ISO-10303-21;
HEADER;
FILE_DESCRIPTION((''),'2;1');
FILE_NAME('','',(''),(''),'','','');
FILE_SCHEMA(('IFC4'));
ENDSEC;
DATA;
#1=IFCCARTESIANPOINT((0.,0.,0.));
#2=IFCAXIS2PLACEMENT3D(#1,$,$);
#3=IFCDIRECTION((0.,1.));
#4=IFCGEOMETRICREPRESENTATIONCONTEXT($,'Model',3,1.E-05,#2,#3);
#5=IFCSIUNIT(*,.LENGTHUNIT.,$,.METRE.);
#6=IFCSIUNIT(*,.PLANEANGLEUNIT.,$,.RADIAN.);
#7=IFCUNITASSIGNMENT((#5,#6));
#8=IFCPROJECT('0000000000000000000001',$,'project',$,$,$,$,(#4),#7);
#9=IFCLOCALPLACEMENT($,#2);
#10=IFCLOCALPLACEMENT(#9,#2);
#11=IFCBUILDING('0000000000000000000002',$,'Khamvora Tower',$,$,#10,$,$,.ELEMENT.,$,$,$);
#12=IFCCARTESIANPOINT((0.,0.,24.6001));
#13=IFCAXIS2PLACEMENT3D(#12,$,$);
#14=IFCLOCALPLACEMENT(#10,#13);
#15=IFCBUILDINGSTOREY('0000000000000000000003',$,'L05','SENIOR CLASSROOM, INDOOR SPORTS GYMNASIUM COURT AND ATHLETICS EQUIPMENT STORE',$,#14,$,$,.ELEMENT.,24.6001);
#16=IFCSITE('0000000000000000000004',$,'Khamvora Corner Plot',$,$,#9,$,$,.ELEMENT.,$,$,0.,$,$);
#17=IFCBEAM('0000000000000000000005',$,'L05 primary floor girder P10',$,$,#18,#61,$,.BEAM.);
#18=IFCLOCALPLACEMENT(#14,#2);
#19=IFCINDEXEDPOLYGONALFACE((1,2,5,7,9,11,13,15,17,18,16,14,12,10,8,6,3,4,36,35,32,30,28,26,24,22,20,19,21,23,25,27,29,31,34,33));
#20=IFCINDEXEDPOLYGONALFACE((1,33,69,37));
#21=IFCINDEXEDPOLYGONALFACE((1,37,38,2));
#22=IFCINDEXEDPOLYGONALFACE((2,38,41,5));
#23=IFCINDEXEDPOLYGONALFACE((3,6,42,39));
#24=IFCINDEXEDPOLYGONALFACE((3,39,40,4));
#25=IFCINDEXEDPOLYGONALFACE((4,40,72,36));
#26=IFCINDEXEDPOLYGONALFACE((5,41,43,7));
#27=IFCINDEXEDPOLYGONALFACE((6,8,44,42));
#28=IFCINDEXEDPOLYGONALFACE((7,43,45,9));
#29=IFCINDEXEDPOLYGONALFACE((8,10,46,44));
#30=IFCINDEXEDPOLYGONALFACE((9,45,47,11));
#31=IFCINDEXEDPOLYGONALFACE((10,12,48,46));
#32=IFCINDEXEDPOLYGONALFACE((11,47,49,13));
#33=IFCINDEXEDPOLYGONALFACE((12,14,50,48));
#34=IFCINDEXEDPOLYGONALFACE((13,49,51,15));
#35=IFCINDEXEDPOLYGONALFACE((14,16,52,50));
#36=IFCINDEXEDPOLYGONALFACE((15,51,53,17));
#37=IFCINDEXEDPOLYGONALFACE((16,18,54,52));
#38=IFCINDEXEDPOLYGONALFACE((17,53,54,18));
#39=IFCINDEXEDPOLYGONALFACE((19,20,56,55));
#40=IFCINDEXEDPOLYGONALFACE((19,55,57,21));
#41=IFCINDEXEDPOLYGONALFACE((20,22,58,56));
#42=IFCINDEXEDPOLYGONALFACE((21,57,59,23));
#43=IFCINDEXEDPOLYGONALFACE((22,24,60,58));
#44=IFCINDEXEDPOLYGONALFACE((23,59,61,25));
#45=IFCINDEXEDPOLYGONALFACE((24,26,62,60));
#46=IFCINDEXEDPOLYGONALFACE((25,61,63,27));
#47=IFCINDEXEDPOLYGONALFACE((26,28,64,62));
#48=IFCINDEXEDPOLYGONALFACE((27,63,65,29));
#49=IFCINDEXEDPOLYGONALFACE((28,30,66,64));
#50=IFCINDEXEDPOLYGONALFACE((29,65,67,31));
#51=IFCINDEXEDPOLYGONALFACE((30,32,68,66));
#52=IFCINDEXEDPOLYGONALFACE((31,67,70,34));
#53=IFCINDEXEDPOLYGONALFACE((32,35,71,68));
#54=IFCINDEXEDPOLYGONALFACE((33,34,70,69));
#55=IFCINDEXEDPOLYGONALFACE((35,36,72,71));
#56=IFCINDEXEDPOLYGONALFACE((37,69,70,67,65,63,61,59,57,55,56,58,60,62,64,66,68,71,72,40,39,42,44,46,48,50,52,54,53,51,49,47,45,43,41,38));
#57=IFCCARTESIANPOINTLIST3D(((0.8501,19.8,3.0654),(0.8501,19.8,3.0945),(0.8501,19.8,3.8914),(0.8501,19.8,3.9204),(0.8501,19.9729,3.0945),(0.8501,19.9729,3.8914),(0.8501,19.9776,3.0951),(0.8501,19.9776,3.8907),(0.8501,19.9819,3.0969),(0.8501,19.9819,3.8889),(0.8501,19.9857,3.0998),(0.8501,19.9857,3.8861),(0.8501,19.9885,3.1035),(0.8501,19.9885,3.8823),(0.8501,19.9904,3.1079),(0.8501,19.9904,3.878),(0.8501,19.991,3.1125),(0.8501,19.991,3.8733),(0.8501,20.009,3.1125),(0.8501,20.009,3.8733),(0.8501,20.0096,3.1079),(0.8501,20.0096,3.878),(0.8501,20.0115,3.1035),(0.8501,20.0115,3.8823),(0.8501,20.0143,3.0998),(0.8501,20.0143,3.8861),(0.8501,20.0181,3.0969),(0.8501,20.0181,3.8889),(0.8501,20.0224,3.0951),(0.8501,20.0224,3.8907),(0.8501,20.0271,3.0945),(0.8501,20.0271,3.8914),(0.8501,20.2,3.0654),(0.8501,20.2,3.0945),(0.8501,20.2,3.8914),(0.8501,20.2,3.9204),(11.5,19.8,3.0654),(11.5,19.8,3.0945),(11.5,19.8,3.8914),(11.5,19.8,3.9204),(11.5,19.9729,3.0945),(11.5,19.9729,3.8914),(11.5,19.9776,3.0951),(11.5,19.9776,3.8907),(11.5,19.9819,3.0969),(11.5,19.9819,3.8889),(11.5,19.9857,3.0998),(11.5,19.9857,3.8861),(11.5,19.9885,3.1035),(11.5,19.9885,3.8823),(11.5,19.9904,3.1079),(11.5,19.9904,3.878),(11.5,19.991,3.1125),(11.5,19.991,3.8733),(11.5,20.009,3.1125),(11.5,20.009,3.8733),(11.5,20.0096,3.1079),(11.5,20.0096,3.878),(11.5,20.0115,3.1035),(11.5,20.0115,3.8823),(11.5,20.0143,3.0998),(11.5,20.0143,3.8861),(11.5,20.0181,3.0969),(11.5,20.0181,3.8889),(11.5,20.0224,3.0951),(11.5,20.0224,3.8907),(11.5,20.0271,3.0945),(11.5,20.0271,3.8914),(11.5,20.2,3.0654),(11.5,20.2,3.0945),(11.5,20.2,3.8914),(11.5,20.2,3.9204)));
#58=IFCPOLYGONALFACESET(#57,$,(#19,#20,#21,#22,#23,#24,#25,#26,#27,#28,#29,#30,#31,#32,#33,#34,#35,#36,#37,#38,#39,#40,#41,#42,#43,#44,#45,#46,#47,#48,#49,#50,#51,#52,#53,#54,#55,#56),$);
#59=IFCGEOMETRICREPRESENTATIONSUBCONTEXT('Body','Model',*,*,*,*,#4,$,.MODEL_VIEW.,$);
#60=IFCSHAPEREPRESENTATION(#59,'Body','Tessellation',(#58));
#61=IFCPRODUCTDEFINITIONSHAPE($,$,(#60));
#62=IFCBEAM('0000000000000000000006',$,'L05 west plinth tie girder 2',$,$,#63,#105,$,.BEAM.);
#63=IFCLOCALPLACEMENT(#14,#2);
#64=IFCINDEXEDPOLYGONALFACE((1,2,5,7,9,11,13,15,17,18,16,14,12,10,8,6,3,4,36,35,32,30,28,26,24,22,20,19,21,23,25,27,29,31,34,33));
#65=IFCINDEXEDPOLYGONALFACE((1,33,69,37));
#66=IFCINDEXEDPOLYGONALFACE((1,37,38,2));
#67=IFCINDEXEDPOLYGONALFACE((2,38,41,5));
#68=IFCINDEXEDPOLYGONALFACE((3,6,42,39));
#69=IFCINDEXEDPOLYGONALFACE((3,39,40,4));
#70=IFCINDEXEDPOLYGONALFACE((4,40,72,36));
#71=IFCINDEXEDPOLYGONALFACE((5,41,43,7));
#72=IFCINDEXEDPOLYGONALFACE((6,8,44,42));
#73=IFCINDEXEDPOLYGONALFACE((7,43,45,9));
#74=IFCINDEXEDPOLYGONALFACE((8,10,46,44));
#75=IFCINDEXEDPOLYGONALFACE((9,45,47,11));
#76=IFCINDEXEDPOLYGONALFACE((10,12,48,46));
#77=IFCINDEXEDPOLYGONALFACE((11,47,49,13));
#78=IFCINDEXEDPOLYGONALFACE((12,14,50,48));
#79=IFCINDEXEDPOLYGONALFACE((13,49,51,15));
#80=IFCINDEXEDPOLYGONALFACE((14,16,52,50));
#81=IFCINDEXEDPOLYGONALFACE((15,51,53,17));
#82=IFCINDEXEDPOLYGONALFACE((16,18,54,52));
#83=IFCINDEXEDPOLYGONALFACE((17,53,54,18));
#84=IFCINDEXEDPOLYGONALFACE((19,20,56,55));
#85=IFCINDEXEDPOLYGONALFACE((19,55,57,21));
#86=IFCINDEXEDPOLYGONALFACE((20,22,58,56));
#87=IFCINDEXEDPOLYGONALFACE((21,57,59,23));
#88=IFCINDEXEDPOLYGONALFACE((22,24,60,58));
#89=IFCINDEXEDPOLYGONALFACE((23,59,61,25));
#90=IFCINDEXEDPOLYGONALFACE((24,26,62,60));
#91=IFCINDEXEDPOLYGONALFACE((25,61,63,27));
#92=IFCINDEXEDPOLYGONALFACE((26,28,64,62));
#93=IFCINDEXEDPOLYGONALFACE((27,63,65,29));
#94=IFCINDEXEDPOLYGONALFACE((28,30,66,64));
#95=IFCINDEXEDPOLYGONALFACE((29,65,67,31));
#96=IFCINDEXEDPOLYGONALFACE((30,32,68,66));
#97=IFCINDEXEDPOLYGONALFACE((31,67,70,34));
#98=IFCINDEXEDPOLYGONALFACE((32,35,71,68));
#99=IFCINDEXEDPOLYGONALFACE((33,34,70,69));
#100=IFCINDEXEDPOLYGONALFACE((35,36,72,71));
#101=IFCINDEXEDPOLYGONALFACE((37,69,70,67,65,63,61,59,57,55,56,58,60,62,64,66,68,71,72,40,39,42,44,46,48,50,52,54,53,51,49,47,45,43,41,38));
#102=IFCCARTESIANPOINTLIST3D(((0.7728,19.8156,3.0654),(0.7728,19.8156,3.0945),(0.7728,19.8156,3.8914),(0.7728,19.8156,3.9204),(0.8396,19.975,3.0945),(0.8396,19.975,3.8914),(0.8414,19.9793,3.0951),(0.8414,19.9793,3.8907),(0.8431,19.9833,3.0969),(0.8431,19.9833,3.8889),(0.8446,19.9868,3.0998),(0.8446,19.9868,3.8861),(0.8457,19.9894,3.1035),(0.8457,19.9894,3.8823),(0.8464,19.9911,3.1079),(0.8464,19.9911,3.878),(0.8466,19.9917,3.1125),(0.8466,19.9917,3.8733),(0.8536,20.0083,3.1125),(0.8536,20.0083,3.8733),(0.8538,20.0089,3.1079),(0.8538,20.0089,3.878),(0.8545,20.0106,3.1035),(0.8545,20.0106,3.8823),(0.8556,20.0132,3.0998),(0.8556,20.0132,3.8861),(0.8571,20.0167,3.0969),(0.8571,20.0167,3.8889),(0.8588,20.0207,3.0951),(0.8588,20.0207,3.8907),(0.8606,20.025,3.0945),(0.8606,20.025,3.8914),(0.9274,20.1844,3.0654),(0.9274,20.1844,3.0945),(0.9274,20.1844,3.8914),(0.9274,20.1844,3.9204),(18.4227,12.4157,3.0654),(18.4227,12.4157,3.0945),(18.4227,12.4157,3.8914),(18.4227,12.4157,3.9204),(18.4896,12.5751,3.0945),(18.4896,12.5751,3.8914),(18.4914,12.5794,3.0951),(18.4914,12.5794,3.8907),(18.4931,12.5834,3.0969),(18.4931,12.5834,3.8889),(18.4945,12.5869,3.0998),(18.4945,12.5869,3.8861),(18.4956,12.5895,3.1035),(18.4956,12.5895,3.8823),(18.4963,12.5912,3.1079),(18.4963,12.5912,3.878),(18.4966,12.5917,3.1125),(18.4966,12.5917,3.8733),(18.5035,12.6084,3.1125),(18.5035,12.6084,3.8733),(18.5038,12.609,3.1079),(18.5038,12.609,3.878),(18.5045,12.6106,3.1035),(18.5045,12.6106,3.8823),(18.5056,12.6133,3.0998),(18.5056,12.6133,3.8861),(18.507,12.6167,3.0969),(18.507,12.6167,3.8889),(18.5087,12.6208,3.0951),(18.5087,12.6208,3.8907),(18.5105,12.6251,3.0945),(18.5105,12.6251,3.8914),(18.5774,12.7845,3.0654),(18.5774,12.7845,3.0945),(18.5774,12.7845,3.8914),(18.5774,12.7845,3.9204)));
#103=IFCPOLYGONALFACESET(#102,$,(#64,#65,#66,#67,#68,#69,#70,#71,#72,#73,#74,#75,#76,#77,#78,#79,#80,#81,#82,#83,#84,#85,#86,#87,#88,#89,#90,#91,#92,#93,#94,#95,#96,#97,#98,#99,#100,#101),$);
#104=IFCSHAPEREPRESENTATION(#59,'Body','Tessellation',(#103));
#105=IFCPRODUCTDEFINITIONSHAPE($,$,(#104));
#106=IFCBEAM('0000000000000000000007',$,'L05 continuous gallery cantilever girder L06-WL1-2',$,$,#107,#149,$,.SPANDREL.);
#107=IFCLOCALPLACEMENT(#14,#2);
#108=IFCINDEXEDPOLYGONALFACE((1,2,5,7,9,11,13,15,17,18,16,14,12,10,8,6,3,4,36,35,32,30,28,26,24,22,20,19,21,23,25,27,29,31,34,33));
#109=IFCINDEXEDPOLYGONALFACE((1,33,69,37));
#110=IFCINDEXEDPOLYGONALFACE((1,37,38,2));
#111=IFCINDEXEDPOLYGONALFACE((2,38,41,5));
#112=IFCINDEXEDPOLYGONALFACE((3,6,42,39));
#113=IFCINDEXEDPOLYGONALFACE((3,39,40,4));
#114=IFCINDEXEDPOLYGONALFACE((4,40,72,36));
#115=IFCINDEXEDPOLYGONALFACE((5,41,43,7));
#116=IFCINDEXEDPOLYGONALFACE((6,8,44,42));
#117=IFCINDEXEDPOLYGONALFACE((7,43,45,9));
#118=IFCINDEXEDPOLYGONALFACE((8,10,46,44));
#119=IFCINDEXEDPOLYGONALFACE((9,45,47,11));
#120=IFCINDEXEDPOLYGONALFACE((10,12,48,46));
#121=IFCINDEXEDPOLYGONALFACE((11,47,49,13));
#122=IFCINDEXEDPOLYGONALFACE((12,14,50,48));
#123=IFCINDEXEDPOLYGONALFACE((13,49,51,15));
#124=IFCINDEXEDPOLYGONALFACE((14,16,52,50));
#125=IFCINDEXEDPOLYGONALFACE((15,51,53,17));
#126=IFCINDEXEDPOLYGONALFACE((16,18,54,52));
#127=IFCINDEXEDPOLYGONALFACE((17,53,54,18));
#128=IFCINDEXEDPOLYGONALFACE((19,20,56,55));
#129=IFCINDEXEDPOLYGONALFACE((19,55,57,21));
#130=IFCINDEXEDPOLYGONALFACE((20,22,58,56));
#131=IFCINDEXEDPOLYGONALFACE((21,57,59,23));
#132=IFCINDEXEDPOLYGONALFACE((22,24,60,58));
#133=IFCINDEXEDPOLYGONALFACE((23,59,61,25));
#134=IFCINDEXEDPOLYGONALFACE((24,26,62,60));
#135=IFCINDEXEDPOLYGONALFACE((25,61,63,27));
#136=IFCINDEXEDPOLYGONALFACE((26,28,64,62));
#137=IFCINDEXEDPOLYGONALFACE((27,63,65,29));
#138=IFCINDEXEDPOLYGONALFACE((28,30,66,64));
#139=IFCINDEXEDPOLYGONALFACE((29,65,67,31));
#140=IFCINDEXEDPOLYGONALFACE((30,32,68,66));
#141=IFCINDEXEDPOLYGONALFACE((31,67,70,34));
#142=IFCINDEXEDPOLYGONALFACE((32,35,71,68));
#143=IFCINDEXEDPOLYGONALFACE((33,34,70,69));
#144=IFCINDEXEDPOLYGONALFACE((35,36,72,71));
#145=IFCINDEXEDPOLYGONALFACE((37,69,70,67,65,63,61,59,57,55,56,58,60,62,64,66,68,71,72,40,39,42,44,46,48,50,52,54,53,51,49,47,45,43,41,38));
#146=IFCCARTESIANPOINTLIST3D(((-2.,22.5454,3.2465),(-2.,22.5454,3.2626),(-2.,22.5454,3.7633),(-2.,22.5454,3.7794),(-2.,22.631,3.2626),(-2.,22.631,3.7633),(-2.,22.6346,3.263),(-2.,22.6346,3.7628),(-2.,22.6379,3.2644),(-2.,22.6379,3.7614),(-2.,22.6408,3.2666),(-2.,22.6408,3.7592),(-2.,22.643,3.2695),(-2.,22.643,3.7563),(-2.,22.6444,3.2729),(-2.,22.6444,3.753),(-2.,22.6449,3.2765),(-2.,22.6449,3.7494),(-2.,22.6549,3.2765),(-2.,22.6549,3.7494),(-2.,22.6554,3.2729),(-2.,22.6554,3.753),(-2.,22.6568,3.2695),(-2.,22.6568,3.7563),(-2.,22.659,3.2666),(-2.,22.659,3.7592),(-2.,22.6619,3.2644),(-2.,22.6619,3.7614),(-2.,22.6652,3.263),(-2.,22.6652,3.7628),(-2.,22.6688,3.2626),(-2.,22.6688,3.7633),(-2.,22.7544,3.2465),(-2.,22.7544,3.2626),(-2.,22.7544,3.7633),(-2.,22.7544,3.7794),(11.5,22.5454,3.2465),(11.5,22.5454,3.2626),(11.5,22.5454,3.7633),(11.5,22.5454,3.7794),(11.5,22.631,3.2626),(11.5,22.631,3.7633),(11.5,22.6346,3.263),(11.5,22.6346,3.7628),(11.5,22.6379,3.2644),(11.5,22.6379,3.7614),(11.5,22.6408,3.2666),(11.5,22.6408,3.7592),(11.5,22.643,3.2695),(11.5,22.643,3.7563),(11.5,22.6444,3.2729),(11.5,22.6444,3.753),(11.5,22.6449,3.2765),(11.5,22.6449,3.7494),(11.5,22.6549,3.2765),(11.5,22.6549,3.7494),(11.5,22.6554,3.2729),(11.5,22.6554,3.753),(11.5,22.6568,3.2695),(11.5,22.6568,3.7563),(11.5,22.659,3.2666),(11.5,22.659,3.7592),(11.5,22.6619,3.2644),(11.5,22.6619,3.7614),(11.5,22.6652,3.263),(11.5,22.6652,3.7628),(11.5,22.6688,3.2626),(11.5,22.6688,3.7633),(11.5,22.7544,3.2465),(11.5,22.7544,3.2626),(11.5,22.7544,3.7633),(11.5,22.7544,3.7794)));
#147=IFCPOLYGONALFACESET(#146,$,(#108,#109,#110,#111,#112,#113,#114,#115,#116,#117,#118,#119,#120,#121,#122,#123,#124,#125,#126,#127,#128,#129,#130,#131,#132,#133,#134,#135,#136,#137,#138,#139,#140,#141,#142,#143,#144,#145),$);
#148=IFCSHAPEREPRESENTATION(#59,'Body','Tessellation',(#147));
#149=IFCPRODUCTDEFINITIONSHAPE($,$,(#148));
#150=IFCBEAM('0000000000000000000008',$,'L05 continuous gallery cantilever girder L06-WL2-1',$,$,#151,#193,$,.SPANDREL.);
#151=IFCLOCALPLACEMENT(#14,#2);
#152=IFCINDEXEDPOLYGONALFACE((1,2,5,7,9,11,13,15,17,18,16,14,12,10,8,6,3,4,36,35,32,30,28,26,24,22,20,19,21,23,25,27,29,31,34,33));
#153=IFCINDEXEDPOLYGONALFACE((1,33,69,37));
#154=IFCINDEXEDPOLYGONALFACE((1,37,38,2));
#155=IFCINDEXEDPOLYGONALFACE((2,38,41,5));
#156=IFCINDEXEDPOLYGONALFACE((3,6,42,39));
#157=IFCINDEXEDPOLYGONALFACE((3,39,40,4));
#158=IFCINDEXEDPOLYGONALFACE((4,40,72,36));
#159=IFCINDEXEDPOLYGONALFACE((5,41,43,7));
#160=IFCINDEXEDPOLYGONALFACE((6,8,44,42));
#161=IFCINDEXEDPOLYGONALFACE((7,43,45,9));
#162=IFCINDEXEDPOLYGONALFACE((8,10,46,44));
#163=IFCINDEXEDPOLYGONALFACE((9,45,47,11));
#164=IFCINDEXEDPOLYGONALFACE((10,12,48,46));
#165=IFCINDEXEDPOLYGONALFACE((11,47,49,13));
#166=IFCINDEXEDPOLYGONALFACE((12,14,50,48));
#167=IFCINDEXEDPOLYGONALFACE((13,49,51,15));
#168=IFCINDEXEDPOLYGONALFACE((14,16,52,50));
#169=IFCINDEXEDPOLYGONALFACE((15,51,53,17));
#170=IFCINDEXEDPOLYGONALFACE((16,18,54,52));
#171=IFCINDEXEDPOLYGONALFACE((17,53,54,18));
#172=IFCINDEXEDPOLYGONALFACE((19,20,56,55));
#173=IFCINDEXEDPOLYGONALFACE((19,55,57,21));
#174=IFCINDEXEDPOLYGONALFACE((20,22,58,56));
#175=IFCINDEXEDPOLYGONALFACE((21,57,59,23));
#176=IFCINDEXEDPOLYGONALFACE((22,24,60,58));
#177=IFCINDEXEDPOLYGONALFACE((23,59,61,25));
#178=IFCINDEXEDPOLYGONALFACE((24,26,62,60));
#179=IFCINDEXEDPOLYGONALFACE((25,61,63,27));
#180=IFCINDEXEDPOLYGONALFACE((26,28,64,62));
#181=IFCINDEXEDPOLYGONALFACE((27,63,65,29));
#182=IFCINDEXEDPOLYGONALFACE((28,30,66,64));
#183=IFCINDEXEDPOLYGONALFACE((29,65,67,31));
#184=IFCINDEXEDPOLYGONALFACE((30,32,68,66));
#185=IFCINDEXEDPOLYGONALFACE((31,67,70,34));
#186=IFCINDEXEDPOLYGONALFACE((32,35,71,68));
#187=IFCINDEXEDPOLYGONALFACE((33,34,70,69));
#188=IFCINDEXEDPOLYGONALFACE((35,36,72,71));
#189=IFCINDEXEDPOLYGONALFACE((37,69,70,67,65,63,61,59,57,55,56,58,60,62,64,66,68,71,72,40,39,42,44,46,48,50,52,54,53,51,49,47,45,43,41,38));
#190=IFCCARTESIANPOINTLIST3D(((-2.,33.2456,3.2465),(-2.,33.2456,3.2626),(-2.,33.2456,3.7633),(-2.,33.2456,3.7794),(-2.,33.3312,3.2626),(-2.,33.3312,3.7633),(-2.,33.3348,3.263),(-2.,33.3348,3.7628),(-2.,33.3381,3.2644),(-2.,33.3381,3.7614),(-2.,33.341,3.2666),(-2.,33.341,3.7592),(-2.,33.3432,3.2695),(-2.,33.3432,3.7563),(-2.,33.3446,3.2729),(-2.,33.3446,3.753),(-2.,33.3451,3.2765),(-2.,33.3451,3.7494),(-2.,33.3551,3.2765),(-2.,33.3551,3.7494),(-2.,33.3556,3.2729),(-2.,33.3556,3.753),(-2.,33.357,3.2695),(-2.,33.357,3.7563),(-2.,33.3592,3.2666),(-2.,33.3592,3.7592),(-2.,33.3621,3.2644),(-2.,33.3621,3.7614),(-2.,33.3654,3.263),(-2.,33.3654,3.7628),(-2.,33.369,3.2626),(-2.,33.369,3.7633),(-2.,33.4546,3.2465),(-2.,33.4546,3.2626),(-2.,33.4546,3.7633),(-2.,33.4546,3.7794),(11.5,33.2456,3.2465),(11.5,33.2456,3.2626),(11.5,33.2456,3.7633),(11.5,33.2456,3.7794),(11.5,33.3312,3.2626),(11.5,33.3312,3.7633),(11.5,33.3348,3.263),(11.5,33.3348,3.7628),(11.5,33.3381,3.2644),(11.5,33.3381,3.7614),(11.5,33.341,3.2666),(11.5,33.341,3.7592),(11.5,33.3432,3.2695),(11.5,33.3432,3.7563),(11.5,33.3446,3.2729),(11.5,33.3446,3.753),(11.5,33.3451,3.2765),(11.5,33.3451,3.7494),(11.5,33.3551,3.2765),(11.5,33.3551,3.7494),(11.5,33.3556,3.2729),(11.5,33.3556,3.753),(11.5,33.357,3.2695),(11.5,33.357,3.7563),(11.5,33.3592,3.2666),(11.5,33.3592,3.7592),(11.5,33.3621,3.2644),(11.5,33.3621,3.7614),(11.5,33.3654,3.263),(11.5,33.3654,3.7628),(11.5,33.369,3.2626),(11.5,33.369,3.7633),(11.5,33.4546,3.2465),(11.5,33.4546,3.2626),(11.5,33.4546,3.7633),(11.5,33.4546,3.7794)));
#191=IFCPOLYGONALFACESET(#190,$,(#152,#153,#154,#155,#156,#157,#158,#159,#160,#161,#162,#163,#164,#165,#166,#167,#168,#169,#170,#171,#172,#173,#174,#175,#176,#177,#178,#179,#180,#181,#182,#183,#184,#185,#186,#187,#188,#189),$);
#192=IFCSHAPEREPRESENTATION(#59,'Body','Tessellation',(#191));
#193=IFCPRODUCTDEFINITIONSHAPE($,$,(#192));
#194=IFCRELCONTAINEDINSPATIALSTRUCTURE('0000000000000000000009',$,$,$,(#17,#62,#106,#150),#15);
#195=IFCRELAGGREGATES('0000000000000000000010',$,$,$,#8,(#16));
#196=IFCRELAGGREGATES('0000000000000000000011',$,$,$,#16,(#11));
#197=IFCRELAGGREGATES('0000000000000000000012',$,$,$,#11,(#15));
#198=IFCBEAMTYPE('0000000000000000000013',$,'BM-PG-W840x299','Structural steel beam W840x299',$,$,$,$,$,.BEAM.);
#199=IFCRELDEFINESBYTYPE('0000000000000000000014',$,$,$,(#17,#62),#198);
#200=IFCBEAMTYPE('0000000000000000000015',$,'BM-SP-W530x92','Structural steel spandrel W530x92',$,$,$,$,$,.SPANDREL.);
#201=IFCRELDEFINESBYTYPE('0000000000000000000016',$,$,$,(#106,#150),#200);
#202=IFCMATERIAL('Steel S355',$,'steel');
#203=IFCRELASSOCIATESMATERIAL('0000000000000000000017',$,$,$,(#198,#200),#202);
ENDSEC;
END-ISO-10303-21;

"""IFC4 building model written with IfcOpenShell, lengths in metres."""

from ifc_helpers import new_model, si_unit, direction, frame, origin, origin_2d, place, context, subcontext, project, spatial, i_section, extrude, material, material_profile, profile_set, type_object, element, save


model = new_model("IFC4")

# Units and contexts
model_context = context("Model", 3, precision=1e-05, world=origin(), true_north=direction((0.0, 1.0)))
body_context = subcontext(model_context, "Body", "Model", "MODEL_VIEW")
ifc_project = project(units=[si_unit("LENGTHUNIT", "METRE"), si_unit("PLANEANGLEUNIT", "RADIAN")], contexts=[model_context])

# Site, building, storey
site_placement = place(None, origin())
site = spatial("IfcSite", under=ifc_project, at=site_placement, Name="Khamvora Corner Plot", CompositionType="ELEMENT", RefElevation=0.0)
building_placement = place(site_placement, origin())
building = spatial("IfcBuilding", under=site, at=building_placement, Name="Khamvora Tower", CompositionType="ELEMENT")
storey_placement = place(building_placement, frame((0.0, 0.0, 24.6001)))
storey = spatial("IfcBuildingStorey", under=building, at=storey_placement, Name="L05", Description="SENIOR CLASSROOM, INDOOR SPORTS GYMNASIUM COURT AND ATHLETICS EQUIPMENT STORE", CompositionType="ELEMENT", Elevation=24.6001)

# Beams
ifc_material_1 = material(Name="Steel S355", Category="steel")
ifc_material_profile_1 = material_profile(ifc_material_1, i_section(OverallWidth=0.3999, OverallDepth=0.855, WebThickness=0.0181, FlangeThickness=0.0291, FilletRadius=0.0181, at=origin_2d()), Name="W840x299")
ifc_profile_set_1 = profile_set([ifc_material_profile_1], Name="Steel S355")
beam_type_1 = type_object("IfcBeamType", Name="BM-PG-W840x299", Description="Structural steel beam W840x299", PredefinedType="BEAM", material=ifc_profile_set_1)
beam_1_placement = place(storey_placement, frame((11.5, 20.0, 3.4929), z_axis=(-1.0, 0.0, 0.0), x_axis=(0.0, -1.0, 0.0)))
element("IfcBeam", 1, at=beam_1_placement, inside=storey, type_object=beam_type_1, Name="L05 primary floor girder P10", PredefinedType="BEAM", context=body_context, shape_type="SweptSolid", body=[
    extrude(i_section(OverallWidth=0.3999, OverallDepth=0.855, WebThickness=0.0181, FlangeThickness=0.0291, FilletRadius=0.0181, at=origin_2d()), origin(), (0.0, 0.0, 1.0), 10.6499),
])
beam_2_placement = place(storey_placement, frame((0.8501, 20.0, 3.4929), z_axis=(0.922225, -0.386652, 0.0), x_axis=(0.386652, 0.922225, 0.0)))
element("IfcBeam", 2, at=beam_2_placement, inside=storey, type_object=beam_type_1, Name="L05 west plinth tie girder 2", PredefinedType="BEAM", context=body_context, shape_type="SweptSolid", body=[
    extrude(i_section(OverallWidth=0.3999, OverallDepth=0.855, WebThickness=0.0181, FlangeThickness=0.0291, FilletRadius=0.0181, at=origin_2d()), origin(), (0.0, 0.0, 1.0), 19.1384),
])
ifc_material_profile_2 = material_profile(ifc_material_1, i_section(OverallWidth=0.209, OverallDepth=0.533, WebThickness=0.01, FlangeThickness=0.0161, FilletRadius=0.0139, at=origin_2d()), Name="W530x92")
ifc_profile_set_2 = profile_set([ifc_material_profile_2], Name="Steel S355")
beam_type_2 = type_object("IfcBeamType", Name="BM-SP-W530x92", Description="Structural steel spandrel W530x92", PredefinedType="SPANDREL", material=ifc_profile_set_2)
for number, where, z_axis, x_axis, name in (
    (3, (11.5, 22.6499, 3.5129), (-1.0, 0.0, 0.0), (0.0, -1.0, 0.0), "L05 continuous gallery cantilever girder L06-WL1-2"),
    (4, (11.5, 33.3501, 3.5129), (-1.0, 0.0, 0.0), (0.0, -1.0, 0.0), "L05 continuous gallery cantilever girder L06-WL2-1"),
):
    element("IfcBeam", number, at=place(storey_placement, frame(where, z_axis=z_axis, x_axis=x_axis)), inside=storey, type_object=beam_type_2, Name=name, PredefinedType="SPANDREL", context=body_context, shape_type="SweptSolid", body=[
        extrude(i_section(OverallWidth=0.209, OverallDepth=0.533, WebThickness=0.01, FlangeThickness=0.0161, FilletRadius=0.0139, at=origin_2d()), origin(), (0.0, 0.0, 1.0), 13.5),
    ])

save(model, "model.ifc")
